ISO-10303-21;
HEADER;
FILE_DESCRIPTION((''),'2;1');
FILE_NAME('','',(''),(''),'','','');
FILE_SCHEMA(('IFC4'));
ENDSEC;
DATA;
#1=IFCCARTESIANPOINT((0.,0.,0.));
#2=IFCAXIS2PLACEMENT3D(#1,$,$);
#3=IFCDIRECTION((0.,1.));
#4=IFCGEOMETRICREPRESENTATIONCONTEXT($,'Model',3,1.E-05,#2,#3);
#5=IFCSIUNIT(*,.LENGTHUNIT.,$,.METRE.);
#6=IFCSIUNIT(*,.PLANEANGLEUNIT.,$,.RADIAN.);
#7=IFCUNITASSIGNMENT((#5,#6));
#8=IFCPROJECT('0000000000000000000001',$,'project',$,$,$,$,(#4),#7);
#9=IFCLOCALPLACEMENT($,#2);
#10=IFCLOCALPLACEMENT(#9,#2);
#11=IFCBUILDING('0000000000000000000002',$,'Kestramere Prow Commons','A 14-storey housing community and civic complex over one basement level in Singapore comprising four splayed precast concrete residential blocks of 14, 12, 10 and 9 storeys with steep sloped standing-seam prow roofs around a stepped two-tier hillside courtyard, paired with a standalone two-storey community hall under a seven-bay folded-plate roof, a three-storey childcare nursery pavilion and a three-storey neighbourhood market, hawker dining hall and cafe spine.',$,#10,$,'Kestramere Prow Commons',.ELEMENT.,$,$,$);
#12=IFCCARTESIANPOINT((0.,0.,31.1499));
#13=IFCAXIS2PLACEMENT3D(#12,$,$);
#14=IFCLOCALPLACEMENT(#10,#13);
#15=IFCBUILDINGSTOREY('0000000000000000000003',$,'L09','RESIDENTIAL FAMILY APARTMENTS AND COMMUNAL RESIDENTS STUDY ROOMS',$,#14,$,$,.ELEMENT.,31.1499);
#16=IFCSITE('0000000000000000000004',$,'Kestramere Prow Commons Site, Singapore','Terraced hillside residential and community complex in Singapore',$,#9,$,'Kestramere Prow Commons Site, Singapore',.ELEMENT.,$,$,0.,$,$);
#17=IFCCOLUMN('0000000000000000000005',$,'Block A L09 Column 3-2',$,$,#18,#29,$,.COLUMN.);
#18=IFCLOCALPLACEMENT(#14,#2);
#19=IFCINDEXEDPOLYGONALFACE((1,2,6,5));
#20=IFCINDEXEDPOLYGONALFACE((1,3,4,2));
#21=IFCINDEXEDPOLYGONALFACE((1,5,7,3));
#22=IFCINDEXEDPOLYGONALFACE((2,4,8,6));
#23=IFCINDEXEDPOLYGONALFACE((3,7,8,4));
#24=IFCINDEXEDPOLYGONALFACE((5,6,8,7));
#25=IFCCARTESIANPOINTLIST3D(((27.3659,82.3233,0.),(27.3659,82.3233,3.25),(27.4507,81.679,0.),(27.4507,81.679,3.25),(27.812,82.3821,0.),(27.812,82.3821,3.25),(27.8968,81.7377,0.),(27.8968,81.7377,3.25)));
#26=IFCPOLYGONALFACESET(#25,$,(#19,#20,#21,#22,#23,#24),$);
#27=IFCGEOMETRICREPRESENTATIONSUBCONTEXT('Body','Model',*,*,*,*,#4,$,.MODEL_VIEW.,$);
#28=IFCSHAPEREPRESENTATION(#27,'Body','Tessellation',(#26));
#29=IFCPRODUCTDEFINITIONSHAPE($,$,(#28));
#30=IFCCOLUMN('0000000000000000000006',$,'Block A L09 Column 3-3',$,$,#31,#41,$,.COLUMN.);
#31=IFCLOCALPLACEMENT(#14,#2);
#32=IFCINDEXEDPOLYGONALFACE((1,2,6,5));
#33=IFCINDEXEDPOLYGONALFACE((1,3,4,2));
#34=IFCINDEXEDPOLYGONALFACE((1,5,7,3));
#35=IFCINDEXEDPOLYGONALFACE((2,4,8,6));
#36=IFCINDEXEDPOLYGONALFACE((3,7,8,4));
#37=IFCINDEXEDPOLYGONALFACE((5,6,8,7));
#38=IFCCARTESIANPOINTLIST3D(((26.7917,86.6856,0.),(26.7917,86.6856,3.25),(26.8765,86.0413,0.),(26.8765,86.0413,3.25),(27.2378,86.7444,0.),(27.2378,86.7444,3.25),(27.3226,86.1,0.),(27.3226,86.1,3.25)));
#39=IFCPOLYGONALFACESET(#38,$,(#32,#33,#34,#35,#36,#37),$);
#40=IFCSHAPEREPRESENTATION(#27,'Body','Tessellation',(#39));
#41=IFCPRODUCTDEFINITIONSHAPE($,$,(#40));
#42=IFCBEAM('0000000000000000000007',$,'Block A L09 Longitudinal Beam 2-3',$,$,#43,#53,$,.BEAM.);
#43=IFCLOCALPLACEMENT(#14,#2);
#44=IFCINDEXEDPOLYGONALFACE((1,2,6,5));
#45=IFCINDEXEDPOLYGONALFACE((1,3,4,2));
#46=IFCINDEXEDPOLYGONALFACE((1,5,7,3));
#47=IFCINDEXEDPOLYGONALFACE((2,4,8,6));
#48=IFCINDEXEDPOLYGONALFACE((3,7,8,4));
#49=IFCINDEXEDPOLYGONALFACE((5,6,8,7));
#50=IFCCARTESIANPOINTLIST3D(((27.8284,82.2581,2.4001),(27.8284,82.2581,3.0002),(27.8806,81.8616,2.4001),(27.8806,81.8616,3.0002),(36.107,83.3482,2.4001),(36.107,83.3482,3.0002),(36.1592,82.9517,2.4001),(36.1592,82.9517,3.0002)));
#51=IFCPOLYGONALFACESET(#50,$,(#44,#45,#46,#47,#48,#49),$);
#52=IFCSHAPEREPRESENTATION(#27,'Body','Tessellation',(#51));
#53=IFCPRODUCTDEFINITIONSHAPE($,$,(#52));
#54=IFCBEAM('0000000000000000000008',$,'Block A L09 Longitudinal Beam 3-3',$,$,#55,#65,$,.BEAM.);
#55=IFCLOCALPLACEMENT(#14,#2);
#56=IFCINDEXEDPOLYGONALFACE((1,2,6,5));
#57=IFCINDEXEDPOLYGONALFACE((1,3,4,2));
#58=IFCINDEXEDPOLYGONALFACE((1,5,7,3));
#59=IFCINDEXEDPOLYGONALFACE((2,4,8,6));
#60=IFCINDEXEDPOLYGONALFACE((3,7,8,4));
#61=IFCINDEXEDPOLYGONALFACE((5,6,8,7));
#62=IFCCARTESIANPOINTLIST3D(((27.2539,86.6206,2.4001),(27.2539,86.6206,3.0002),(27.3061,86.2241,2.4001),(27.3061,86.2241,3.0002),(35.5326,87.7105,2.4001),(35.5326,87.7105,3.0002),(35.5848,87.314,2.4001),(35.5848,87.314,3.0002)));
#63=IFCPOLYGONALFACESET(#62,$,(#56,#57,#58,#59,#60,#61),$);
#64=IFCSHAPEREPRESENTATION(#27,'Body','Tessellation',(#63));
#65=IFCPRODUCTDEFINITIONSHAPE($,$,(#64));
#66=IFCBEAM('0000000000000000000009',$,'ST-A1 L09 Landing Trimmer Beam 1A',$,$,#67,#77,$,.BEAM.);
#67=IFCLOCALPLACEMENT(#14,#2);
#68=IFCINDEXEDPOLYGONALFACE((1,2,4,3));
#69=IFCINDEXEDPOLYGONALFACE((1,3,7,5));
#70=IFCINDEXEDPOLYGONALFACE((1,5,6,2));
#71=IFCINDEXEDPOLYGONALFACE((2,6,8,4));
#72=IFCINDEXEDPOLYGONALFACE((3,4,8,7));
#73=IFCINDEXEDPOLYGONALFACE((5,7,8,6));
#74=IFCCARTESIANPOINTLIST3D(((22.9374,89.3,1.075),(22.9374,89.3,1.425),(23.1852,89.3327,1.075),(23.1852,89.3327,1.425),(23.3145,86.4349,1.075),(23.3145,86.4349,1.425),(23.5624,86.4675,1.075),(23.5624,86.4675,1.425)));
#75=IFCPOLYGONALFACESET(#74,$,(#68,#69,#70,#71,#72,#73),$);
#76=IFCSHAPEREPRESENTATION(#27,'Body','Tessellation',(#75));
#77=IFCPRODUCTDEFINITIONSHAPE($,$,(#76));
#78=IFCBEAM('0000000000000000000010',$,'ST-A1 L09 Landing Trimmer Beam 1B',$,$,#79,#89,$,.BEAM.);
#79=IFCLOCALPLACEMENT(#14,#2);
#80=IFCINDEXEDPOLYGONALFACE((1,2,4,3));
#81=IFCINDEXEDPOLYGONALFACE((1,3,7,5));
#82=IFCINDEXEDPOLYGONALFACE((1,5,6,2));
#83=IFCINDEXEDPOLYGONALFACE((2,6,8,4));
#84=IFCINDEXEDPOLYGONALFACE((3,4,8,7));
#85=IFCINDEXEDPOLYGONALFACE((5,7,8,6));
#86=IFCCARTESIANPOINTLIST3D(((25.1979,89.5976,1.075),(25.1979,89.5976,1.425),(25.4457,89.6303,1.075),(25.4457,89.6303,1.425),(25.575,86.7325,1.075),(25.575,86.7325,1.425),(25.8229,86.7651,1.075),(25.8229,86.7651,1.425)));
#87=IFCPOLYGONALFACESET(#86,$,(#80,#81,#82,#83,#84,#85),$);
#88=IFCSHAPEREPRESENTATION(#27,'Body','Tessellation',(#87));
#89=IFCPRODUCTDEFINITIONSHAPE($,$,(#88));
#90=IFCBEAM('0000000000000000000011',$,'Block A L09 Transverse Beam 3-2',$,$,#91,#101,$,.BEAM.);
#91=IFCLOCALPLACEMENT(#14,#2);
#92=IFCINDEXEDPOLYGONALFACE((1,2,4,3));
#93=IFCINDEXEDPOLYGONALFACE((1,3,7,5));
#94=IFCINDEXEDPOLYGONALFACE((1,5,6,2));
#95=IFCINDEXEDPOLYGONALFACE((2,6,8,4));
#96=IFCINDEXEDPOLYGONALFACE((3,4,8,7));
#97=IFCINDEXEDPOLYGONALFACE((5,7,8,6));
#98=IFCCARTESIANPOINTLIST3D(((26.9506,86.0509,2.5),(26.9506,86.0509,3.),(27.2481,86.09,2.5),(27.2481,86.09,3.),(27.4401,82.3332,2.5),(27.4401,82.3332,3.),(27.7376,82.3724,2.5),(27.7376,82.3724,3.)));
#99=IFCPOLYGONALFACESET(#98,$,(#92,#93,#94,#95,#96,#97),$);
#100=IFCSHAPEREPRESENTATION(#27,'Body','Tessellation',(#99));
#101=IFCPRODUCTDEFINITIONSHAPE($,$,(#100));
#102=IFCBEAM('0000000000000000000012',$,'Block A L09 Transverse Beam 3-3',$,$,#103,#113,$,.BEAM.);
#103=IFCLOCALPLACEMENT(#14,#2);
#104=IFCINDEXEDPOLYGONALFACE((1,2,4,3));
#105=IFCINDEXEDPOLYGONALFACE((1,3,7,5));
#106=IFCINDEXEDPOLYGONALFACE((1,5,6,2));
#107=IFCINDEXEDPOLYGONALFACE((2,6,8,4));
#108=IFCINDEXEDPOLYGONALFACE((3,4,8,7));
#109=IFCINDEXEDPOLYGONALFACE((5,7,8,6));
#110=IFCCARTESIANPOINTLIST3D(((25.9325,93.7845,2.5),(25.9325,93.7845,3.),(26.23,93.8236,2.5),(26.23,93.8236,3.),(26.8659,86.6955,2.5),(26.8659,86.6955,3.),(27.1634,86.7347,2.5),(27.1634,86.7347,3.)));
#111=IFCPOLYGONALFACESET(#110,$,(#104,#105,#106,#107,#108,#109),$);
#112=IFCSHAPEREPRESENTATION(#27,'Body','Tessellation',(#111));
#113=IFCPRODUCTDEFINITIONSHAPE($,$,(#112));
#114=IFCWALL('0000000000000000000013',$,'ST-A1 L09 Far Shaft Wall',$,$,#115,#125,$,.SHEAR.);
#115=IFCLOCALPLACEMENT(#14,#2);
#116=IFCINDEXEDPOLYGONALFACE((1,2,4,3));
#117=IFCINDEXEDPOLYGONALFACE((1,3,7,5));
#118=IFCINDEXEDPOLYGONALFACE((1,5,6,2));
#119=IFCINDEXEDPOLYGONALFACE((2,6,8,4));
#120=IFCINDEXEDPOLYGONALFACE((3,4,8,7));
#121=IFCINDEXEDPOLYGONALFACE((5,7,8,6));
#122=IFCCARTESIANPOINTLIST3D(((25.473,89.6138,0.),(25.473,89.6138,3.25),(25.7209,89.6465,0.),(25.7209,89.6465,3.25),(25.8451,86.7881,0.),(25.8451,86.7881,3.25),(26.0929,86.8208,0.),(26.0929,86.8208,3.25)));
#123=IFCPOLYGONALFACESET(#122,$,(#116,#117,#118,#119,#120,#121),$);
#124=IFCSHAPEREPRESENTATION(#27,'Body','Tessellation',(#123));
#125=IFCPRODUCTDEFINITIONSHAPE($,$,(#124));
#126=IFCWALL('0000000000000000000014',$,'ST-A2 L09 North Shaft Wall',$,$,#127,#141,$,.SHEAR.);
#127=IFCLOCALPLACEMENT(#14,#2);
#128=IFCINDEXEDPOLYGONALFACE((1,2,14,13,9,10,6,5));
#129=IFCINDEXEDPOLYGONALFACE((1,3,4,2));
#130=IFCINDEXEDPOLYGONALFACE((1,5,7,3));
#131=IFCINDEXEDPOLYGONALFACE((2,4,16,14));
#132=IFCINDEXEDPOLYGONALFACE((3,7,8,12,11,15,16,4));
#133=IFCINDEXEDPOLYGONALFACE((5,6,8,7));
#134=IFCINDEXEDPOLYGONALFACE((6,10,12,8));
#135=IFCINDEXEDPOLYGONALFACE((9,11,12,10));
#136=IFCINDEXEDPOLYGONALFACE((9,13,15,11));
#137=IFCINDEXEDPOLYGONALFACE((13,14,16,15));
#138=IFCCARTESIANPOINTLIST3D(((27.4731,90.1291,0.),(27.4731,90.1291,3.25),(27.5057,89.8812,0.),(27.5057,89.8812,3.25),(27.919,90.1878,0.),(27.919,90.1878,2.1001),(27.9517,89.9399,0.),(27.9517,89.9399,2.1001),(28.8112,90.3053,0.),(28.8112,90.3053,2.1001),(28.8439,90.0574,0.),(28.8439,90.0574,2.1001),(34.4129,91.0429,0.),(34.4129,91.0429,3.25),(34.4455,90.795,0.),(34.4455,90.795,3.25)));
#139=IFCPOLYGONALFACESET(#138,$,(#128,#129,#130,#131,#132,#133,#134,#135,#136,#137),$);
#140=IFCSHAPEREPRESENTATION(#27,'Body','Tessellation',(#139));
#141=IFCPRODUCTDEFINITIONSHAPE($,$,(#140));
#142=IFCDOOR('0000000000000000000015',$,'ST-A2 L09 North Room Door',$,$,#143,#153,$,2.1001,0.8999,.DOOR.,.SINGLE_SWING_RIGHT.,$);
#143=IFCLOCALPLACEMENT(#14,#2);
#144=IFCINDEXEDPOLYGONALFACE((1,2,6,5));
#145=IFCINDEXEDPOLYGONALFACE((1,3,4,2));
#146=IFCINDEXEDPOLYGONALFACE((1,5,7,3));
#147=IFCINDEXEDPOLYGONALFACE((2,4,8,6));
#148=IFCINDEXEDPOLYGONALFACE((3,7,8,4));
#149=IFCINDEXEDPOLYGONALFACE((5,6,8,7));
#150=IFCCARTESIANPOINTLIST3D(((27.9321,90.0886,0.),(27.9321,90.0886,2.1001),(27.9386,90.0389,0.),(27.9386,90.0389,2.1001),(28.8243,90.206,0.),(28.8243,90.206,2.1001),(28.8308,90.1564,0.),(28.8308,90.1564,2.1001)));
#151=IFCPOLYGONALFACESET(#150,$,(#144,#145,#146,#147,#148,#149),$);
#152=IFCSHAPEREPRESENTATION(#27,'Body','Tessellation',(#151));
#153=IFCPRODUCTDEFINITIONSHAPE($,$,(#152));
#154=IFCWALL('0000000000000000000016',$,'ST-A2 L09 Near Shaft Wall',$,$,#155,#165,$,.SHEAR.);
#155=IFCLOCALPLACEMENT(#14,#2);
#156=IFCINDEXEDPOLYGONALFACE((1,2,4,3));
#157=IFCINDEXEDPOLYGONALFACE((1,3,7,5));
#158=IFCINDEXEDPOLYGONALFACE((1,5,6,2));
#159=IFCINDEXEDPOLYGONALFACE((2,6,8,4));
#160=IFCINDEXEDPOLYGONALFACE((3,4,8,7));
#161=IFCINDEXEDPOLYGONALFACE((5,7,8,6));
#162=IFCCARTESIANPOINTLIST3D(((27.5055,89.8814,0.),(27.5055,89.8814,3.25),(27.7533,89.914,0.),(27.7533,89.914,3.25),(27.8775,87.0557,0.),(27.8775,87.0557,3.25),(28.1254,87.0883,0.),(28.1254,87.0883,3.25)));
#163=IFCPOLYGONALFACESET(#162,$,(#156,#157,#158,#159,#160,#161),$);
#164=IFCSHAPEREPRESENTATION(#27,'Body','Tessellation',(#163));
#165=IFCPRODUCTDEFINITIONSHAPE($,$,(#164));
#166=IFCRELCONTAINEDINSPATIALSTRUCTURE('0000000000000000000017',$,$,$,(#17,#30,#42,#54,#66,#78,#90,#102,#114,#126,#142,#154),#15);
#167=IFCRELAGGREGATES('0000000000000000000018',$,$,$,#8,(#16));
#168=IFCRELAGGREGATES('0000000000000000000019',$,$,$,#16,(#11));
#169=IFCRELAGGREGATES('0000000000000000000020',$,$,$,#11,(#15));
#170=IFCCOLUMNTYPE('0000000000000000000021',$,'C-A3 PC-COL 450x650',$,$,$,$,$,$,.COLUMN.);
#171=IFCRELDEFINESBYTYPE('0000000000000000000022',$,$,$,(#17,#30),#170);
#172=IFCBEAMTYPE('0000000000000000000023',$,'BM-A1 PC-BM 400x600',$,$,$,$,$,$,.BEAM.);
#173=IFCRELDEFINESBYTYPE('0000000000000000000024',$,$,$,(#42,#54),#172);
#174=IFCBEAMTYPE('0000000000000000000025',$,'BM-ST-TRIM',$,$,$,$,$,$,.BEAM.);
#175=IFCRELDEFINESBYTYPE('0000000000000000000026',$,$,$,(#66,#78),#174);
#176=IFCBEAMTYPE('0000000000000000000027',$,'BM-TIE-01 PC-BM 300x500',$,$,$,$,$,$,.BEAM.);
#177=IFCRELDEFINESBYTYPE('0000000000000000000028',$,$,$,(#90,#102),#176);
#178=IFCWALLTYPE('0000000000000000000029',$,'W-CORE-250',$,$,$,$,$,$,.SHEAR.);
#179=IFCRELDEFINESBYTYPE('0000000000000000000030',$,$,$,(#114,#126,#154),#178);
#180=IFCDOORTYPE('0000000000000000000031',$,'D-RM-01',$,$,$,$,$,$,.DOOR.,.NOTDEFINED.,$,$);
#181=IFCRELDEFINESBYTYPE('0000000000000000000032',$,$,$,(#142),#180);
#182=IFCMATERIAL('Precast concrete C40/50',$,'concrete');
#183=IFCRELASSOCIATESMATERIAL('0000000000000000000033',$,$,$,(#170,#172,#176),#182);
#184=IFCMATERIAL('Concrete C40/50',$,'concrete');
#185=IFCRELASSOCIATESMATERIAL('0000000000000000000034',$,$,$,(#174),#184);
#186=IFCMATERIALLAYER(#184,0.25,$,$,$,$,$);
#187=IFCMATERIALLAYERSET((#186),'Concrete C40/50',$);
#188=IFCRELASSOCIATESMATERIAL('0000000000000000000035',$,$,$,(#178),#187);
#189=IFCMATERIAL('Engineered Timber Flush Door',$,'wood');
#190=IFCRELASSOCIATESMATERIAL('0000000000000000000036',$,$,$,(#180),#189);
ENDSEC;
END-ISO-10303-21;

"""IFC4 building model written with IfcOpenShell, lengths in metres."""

from ifc_helpers import new_model, si_unit, direction, frame, frame_2d, origin, origin_2d, place, context, subcontext, project, spatial, rectangle, extrude, material, layer, layer_set, material_profile, profile_set, type_object, element, fill, save


model = new_model("IFC4")

# Units and contexts
model_context = context("Model", 3, precision=1e-05, world=origin(), true_north=direction((0.0, 1.0)))
body_context = subcontext(model_context, "Body", "Model", "MODEL_VIEW")
ifc_project = project(units=[si_unit("LENGTHUNIT", "METRE"), si_unit("PLANEANGLEUNIT", "RADIAN")], contexts=[model_context])

# Site, building, storey
site_placement = place(None, origin())
site = spatial("IfcSite", under=ifc_project, at=site_placement, Name="Kestramere Prow Commons Site, Singapore", Description="Terraced hillside residential and community complex in Singapore", LongName="Kestramere Prow Commons Site, Singapore", CompositionType="ELEMENT", RefElevation=0.0)
building_placement = place(site_placement, origin())
building = spatial("IfcBuilding", under=site, at=building_placement, Name="Kestramere Prow Commons", Description="A 14-storey housing community and civic complex over one basement level in Singapore comprising four splayed precast concrete residential blocks of 14, 12, 10 and 9 storeys with steep sloped standing-seam prow roofs around a stepped two-tier hillside courtyard, paired with a standalone two-storey community hall under a seven-bay folded-plate roof, a three-storey childcare nursery pavilion and a three-storey neighbourhood market, hawker dining hall and cafe spine.", LongName="Kestramere Prow Commons", CompositionType="ELEMENT")
storey_placement = place(building_placement, frame((0.0, 0.0, 31.1499)))
storey = spatial("IfcBuildingStorey", under=building, at=storey_placement, Name="L09", Description="RESIDENTIAL FAMILY APARTMENTS AND COMMUNAL RESIDENTS STUDY ROOMS", CompositionType="ELEMENT", Elevation=31.1499)

# Columns
ifc_material_1 = material(Name="Precast concrete C40/50", Category="concrete")
ifc_material_profile_1 = material_profile(ifc_material_1, rectangle(XDim=0.45, YDim=0.6499, at=origin_2d()), Name="PC-COL 450x650")
ifc_profile_set_1 = profile_set([ifc_material_profile_1], Name="Precast concrete C40/50")
column_type = type_object("IfcColumnType", Name="C-A3 PC-COL 450x650", PredefinedType="COLUMN", material=ifc_profile_set_1)
for number, where, z_axis, x_axis, name in (
    (1, (27.6313, 82.0305, 0.0), (0.0, 0.0, 1.0), (0.991445, 0.130526, 0.0), "Block A L09 Column 3-2"),
    (2, (27.0571, 86.3928, 0.0), (0.0, 0.0, 1.0), (0.991445, 0.130526, 0.0), "Block A L09 Column 3-3"),
):
    element("IfcColumn", number, at=place(storey_placement, frame(where, z_axis=z_axis, x_axis=x_axis)), inside=storey, type_object=column_type, Name=name, PredefinedType="COLUMN", context=body_context, shape_type="SweptSolid", body=[
        extrude(rectangle(XDim=0.45, YDim=0.6499, at=origin_2d()), origin(), (0.0, 0.0, 1.0), 3.25),
    ])

# Beams
ifc_material_profile_2 = material_profile(ifc_material_1, rectangle(XDim=0.3999, YDim=0.6001, at=origin_2d()), Name="PC-BM 400x600")
ifc_profile_set_2 = profile_set([ifc_material_profile_2], Name="Precast concrete C40/50")
beam_type_1 = type_object("IfcBeamType", Name="BM-A1 PC-BM 400x600", PredefinedType="BEAM", material=ifc_profile_set_2)
for number, where, z_axis, x_axis, name in (
    (3, (27.8545, 82.0598, 2.7002), (0.991442, 0.130549, 0.0), (-0.130549, 0.991442, 0.0), "Block A L09 Longitudinal Beam 2-3"),
    (4, (27.28, 86.4224, 2.7002), (0.991446, 0.13052, 0.0), (-0.13052, 0.991446, 0.0), "Block A L09 Longitudinal Beam 3-3"),
):
    element("IfcBeam", number, at=place(storey_placement, frame(where, z_axis=z_axis, x_axis=x_axis)), inside=storey, type_object=beam_type_1, Name=name, PredefinedType="BEAM", context=body_context, shape_type="SweptSolid", body=[
        extrude(rectangle(XDim=0.3999, YDim=0.6001, at=origin_2d()), origin(), (0.0, 0.0, 1.0), 8.3501),
    ])
ifc_material_2 = material(Name="Concrete C40/50", Category="concrete")
ifc_material_profile_3 = material_profile(ifc_material_2, rectangle(XDim=0.25, YDim=0.3501, at=origin_2d()), Name="PC-BM 250x350")
ifc_profile_set_3 = profile_set([ifc_material_profile_3], Name="Concrete C40/50")
beam_type_2 = type_object("IfcBeamType", Name="BM-ST-TRIM", PredefinedType="BEAM", material=ifc_profile_set_3)
for number, where, z_axis, x_axis, name in (
    (5, (23.4385, 86.4512, 1.25), (-0.13052, 0.991446, 0.0), (-0.991446, -0.13052, 0.0), "ST-A1 L09 Landing Trimmer Beam 1A"),
    (6, (25.699, 86.7488, 1.25), (-0.13052, 0.991446, 0.0), (-0.991446, -0.13052, 0.0), "ST-A1 L09 Landing Trimmer Beam 1B"),
):
    element("IfcBeam", number, at=place(storey_placement, frame(where, z_axis=z_axis, x_axis=x_axis)), inside=storey, type_object=beam_type_2, Name=name, PredefinedType="BEAM", context=body_context, shape_type="SweptSolid", body=[
        extrude(rectangle(XDim=0.25, YDim=0.3501, at=origin_2d()), origin(), (0.0, 0.0, 1.0), 2.8899),
    ])
ifc_material_profile_4 = material_profile(ifc_material_1, rectangle(XDim=0.3, YDim=0.5, at=origin_2d()), Name="PC-BM 300x500")
ifc_profile_set_4 = profile_set([ifc_material_profile_4], Name="Precast concrete C40/50")
beam_type_3 = type_object("IfcBeamType", Name="BM-TIE-01 PC-BM 300x500", PredefinedType="BEAM", material=ifc_profile_set_4)
beam_1_placement = place(storey_placement, frame((27.5889, 82.3528, 2.75), z_axis=(-0.130539, 0.991443, 0.0), x_axis=(-0.991443, -0.130539, 0.0)))
element("IfcBeam", 7, at=beam_1_placement, inside=storey, type_object=beam_type_3, Name="Block A L09 Transverse Beam 3-2", PredefinedType="BEAM", context=body_context, shape_type="SweptSolid", body=[
    extrude(rectangle(XDim=0.3, YDim=0.5, at=origin_2d()), origin(), (0.0, 0.0, 1.0), 3.7498),
])
beam_2_placement = place(storey_placement, frame((27.0146, 86.7151, 2.75), z_axis=(-0.130538, 0.991443, 0.0), x_axis=(-0.991443, -0.130538, 0.0)))
element("IfcBeam", 8, at=beam_2_placement, inside=storey, type_object=beam_type_3, Name="Block A L09 Transverse Beam 3-3", PredefinedType="BEAM", context=body_context, shape_type="SweptSolid", body=[
    extrude(rectangle(XDim=0.3, YDim=0.5, at=origin_2d()), origin(), (0.0, 0.0, 1.0), 7.1501),
])

# Wall
ifc_layer_1 = layer(ifc_material_2, 0.25)
ifc_layer_set_1 = layer_set([ifc_layer_1], Name="Concrete C40/50")
wall_type_1 = type_object("IfcWallType", Name="W-CORE-250", PredefinedType="SHEAR", material=ifc_layer_set_1)
wall_1_placement = place(storey_placement, frame((25.969, 86.8044, 0.0), z_axis=(0.0, 0.0, 1.0), x_axis=(-0.130548, 0.991442, 0.0)))
element("IfcWall", 9, at=wall_1_placement, inside=storey, type_object=wall_type_1, Name="ST-A1 L09 Far Shaft Wall", PredefinedType="SHEAR", context=body_context, shape_type="SweptSolid", body=[
    extrude(rectangle(XDim=2.8501, YDim=0.25, at=frame_2d((1.425, 0.0))), origin(), (0.0, 0.0, 1.0), 3.25),
])

# Wall, opening, door
wall_2_placement = place(storey_placement, frame((27.4893, 90.0051, 0.0), z_axis=(0.0, 0.0, 1.0), x_axis=(0.991442, 0.130548, 0.0)))
wall_2 = element("IfcWall", 10, at=wall_2_placement, inside=storey, type_object=wall_type_1, Name="ST-A2 L09 North Shaft Wall", PredefinedType="SHEAR", context=body_context, shape_type="SweptSolid", body=[
    extrude(rectangle(XDim=6.9998, YDim=0.25, at=frame_2d((3.5, 0.0))), origin(), (0.0, 0.0, 1.0), 3.25),
])
opening_1_placement = place(wall_2_placement, frame((0.45, 0.0, 0.0)))
opening_1 = element("IfcOpeningElement", 11, at=opening_1_placement, cuts=wall_2, PredefinedType="OPENING", context=body_context, shape_type="SweptSolid", body=[
    extrude(rectangle(XDim=0.8999, YDim=2.1001, at=frame_2d((0.45, 1.05))), frame((0.0, 0.1399, 0.0), z_axis=(0.0, -1.0, 0.0), x_axis=(1.0, 0.0, 0.0)), (0.0, 0.0, 1.0), 0.28),
])
ifc_material_3 = material(Name="Engineered Timber Flush Door", Category="wood")
door_type_1 = type_object("IfcDoorType", Name="D-RM-01", OperationType="NOTDEFINED", PredefinedType="DOOR", material=ifc_material_3)
door_1_placement = place(opening_1_placement, origin())
door_1 = element("IfcDoor", 12, at=door_1_placement, inside=storey, type_object=door_type_1, Name="ST-A2 L09 North Room Door", OperationType="SINGLE_SWING_RIGHT", OverallHeight=2.1001, OverallWidth=0.8999, PredefinedType="DOOR", context=body_context, shape_type="SweptSolid", body=[
    extrude(rectangle(XDim=0.8999, YDim=2.1001, at=frame_2d((0.45, 1.05))), frame((0.0, 0.0249, 0.0), z_axis=(0.0, -1.0, 0.0), x_axis=(1.0, 0.0, 0.0)), (0.0, 0.0, 1.0), 0.05),
])
fill(opening_1, door_1)

# Wall
wall_3_placement = place(storey_placement, frame((28.0015, 87.072, 0.0), z_axis=(0.0, 0.0, 1.0), x_axis=(-0.130548, 0.991442, 0.0)))
element("IfcWall", 13, at=wall_3_placement, inside=storey, type_object=wall_type_1, Name="ST-A2 L09 Near Shaft Wall", PredefinedType="SHEAR", context=body_context, shape_type="SweptSolid", body=[
    extrude(rectangle(XDim=2.8501, YDim=0.25, at=frame_2d((1.425, 0.0))), origin(), (0.0, 0.0, 1.0), 3.25),
])

save(model, "model.ifc")
